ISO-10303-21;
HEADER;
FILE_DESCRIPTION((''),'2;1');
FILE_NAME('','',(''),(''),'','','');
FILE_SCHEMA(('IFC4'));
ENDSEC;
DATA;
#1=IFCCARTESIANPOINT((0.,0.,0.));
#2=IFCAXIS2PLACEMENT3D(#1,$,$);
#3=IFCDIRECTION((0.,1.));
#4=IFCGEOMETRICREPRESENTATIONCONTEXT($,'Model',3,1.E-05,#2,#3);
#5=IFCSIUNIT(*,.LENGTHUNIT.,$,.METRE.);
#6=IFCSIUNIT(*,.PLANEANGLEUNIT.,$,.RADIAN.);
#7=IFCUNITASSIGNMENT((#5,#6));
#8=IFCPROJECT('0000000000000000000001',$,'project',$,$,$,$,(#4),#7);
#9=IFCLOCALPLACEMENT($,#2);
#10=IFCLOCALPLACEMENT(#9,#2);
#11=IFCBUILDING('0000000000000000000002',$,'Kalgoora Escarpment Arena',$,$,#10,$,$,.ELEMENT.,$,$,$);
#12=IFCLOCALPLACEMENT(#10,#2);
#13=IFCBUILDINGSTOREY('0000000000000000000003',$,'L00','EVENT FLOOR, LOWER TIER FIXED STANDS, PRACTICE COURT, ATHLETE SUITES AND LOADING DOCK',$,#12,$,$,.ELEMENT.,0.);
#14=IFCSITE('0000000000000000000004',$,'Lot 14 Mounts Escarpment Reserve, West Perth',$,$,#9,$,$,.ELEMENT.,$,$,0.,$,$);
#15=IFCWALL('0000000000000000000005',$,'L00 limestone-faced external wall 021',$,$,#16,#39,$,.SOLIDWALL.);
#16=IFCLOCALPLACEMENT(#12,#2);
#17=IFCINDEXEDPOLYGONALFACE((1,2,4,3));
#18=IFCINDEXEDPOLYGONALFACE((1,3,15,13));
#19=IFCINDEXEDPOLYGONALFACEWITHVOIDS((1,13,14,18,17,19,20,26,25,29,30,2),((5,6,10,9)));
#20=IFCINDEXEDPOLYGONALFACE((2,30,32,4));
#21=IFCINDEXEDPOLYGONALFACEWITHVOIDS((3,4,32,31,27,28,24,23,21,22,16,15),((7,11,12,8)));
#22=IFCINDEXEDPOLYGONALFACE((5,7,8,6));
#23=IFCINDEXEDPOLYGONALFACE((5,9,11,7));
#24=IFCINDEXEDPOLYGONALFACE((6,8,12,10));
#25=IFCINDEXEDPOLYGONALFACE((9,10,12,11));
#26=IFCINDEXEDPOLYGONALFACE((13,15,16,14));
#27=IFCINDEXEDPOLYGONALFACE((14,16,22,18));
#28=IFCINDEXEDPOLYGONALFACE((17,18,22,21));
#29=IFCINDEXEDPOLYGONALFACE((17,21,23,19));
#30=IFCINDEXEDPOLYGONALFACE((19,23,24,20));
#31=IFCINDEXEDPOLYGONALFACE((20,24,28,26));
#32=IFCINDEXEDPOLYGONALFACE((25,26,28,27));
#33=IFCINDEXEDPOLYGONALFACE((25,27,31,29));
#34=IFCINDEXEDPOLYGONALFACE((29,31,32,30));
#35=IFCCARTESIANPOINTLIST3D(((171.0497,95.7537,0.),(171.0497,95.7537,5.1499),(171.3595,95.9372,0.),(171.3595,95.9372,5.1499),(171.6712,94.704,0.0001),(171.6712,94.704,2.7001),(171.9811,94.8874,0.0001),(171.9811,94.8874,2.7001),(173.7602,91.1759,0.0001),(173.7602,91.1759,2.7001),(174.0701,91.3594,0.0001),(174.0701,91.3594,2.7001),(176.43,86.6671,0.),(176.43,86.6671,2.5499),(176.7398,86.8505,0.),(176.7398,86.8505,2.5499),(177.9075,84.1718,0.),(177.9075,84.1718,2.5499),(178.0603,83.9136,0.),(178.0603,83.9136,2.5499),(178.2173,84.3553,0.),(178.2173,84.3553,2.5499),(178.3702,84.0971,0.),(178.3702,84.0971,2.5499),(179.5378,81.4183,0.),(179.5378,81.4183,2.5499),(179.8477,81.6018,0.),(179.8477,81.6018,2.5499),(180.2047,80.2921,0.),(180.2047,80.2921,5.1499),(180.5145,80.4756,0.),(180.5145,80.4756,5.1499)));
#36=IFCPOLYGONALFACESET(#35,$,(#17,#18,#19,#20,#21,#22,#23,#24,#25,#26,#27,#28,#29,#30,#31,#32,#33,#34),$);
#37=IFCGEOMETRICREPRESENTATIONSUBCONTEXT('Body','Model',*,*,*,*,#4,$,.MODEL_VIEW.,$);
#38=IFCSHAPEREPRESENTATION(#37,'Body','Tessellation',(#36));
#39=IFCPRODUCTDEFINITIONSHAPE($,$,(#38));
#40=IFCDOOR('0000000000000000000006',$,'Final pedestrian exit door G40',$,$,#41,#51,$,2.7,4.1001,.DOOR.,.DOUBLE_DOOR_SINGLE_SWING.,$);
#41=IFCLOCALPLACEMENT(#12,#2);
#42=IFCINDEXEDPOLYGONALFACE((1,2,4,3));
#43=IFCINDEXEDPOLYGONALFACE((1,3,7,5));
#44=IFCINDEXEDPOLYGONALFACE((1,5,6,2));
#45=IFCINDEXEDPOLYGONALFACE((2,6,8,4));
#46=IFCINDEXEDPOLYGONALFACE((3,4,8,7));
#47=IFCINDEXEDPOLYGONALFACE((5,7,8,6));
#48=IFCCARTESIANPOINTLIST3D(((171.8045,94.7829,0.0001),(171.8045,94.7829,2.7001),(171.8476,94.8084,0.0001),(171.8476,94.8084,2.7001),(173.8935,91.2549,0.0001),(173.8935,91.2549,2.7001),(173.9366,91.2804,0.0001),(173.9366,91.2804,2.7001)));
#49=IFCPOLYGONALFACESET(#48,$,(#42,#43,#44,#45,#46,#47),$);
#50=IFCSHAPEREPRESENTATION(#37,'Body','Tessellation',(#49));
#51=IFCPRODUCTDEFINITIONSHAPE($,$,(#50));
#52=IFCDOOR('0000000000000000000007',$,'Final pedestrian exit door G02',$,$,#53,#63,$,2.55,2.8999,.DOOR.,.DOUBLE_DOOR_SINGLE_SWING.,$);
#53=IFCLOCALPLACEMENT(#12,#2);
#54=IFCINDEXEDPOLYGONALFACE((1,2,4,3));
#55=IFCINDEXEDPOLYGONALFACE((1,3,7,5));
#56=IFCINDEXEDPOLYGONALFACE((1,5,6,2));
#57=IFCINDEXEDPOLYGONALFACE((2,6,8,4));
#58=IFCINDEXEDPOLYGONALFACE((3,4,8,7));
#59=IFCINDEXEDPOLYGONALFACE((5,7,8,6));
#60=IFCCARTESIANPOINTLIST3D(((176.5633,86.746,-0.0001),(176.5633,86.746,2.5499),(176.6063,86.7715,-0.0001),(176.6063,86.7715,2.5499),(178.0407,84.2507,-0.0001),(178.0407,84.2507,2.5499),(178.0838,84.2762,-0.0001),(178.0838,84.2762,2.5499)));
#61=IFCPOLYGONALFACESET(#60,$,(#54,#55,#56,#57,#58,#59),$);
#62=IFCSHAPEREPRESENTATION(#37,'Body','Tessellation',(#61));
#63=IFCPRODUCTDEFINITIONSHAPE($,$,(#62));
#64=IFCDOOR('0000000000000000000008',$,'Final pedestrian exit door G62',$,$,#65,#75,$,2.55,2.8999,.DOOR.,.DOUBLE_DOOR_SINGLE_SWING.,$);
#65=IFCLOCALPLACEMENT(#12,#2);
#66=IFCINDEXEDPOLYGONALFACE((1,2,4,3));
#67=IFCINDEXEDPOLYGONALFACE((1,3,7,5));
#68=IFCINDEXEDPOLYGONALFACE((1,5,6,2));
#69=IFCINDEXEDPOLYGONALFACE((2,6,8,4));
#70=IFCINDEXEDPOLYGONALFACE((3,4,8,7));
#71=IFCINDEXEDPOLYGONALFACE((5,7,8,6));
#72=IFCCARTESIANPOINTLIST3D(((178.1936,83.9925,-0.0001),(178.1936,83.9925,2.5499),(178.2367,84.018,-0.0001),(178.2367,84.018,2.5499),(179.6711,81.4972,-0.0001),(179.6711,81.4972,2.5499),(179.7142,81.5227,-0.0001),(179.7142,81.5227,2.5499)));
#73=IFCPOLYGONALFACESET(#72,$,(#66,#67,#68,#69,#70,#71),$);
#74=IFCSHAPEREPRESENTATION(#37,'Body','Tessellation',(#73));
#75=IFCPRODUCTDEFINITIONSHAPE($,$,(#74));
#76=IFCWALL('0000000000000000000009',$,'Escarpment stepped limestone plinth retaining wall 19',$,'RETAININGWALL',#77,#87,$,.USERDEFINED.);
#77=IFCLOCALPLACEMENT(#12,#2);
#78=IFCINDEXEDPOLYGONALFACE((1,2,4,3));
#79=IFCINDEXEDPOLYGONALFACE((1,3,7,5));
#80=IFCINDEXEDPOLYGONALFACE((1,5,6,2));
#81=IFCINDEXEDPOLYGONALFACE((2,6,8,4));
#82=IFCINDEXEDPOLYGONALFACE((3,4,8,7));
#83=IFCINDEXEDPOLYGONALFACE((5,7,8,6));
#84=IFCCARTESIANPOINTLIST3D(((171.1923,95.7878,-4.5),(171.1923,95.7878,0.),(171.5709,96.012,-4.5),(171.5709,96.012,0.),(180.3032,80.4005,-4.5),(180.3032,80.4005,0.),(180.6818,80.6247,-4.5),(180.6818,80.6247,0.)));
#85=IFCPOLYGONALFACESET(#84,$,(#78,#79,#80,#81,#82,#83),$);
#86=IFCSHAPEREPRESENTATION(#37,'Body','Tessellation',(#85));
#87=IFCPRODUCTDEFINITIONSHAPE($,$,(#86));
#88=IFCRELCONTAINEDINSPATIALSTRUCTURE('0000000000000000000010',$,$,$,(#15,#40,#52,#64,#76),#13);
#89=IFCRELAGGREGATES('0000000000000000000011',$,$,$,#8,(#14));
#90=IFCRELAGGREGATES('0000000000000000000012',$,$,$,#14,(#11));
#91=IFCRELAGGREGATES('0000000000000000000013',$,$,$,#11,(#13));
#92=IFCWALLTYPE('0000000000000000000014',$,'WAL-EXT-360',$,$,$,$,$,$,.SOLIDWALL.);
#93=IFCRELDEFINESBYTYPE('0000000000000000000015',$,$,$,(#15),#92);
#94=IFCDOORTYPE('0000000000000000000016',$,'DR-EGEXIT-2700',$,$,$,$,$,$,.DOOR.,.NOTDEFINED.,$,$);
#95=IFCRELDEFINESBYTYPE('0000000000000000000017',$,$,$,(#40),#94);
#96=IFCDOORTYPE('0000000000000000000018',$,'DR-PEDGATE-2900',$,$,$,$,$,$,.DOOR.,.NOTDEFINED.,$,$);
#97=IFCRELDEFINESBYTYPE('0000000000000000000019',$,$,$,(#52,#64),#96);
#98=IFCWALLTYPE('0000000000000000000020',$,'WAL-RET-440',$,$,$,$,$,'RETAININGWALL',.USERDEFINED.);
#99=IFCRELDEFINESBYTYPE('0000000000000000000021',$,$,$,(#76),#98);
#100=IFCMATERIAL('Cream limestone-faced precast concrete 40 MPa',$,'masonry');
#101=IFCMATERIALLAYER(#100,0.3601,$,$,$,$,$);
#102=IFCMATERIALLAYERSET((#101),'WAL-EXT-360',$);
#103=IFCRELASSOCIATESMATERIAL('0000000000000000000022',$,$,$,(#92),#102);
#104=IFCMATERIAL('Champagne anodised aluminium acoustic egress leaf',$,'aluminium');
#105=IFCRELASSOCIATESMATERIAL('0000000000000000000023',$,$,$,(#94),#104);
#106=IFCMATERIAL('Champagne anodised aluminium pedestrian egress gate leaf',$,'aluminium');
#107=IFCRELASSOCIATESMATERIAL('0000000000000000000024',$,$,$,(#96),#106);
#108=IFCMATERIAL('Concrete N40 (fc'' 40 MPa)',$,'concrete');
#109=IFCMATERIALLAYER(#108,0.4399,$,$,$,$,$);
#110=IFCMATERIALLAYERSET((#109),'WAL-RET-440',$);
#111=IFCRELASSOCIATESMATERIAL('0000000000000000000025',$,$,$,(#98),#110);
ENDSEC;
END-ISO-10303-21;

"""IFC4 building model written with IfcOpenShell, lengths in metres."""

from ifc_helpers import new_model, si_unit, direction, frame, frame_2d, origin, place, context, subcontext, project, spatial, rectangle, extrude, material, layer, layer_set, type_object, element, fill, save


model = new_model("IFC4")

# Units and contexts
model_context = context("Model", 3, precision=1e-05, world=origin(), true_north=direction((0.0, 1.0)))
body_context = subcontext(model_context, "Body", "Model", "MODEL_VIEW")
ifc_project = project(units=[si_unit("LENGTHUNIT", "METRE"), si_unit("PLANEANGLEUNIT", "RADIAN")], contexts=[model_context])

# Site, building, storey
site_placement = place(None, origin())
site = spatial("IfcSite", under=ifc_project, at=site_placement, Name="Lot 14 Mounts Escarpment Reserve, West Perth", CompositionType="ELEMENT", RefElevation=0.0)
building_placement = place(site_placement, origin())
building = spatial("IfcBuilding", under=site, at=building_placement, Name="Kalgoora Escarpment Arena", CompositionType="ELEMENT")
storey_placement = place(building_placement, origin())
storey = spatial("IfcBuildingStorey", under=building, at=storey_placement, Name="L00", Description="EVENT FLOOR, LOWER TIER FIXED STANDS, PRACTICE COURT, ATHLETE SUITES AND LOADING DOCK", CompositionType="ELEMENT", Elevation=0.0)

# Wall, openings, doors
ifc_material_1 = material(Name="Cream limestone-faced precast concrete 40 MPa", Category="masonry")
ifc_layer_1 = layer(ifc_material_1, 0.3601)
ifc_layer_set_1 = layer_set([ifc_layer_1], Name="WAL-EXT-360")
wall_type_1 = type_object("IfcWallType", Name="WAL-EXT-360", PredefinedType="SOLIDWALL", material=ifc_layer_set_1)
wall_1_placement = place(storey_placement, frame((171.2046, 95.8455, 0.0), z_axis=(0.0, 0.0, 1.0), x_axis=(0.509496, -0.860473, 0.0)))
wall_1 = element("IfcWall", 1, at=wall_1_placement, inside=storey, type_object=wall_type_1, Name="L00 limestone-faced external wall 021", PredefinedType="SOLIDWALL", context=body_context, shape_type="SweptSolid", body=[
    extrude(rectangle(XDim=17.9688, YDim=0.3601, at=frame_2d((8.9844, 0.0))), origin(), (0.0, 0.0, 1.0), 5.1499),
])
opening_1_placement = place(wall_1_placement, frame((10.5601, 0.0, 0.0)))
opening_1 = element("IfcOpeningElement", 2, at=opening_1_placement, cuts=wall_1, PredefinedType="OPENING", context=body_context, shape_type="SweptSolid", body=[
    extrude(rectangle(XDim=2.8999, YDim=2.55, at=frame_2d((1.45, 1.2749))), frame((0.0, 0.1899, 0.0), z_axis=(0.0, -1.0, 0.0), x_axis=(1.0, 0.0, 0.0)), (0.0, 0.0, 1.0), 0.3801),
])
opening_2_placement = place(wall_1_placement, frame((1.22, 0.0, 0.0)))
opening_2 = element("IfcOpeningElement", 3, at=opening_2_placement, cuts=wall_1, PredefinedType="OPENING", context=body_context, shape_type="SweptSolid", body=[
    extrude(rectangle(XDim=4.1001, YDim=2.7, at=frame_2d((2.05, 1.3501))), frame((0.0, 0.1899, 0.0), z_axis=(0.0, -1.0, 0.0), x_axis=(1.0, 0.0, 0.0)), (0.0, 0.0, 1.0), 0.3801),
])
opening_3_placement = place(wall_1_placement, frame((13.76, 0.0, 0.0)))
opening_3 = element("IfcOpeningElement", 4, at=opening_3_placement, cuts=wall_1, PredefinedType="OPENING", context=body_context, shape_type="SweptSolid", body=[
    extrude(rectangle(XDim=2.8999, YDim=2.55, at=frame_2d((1.45, 1.2749))), frame((0.0, 0.1899, 0.0), z_axis=(0.0, -1.0, 0.0), x_axis=(1.0, 0.0, 0.0)), (0.0, 0.0, 1.0), 0.3801),
])
ifc_material_2 = material(Name="Champagne anodised aluminium acoustic egress leaf", Category="aluminium")
door_type_1 = type_object("IfcDoorType", Name="DR-EGEXIT-2700", OperationType="NOTDEFINED", PredefinedType="DOOR", material=ifc_material_2)
door_1_placement = place(opening_2_placement, origin())
door_1 = element("IfcDoor", 5, at=door_1_placement, inside=storey, type_object=door_type_1, Name="Final pedestrian exit door G40", OperationType="DOUBLE_DOOR_SINGLE_SWING", OverallHeight=2.7, OverallWidth=4.1001, PredefinedType="DOOR", context=body_context, shape_type="SweptSolid", body=[
    extrude(rectangle(XDim=4.1001, YDim=2.7, at=frame_2d((2.05, 1.3501))), frame((0.0, 0.0249, 0.0), z_axis=(0.0, -1.0, 0.0), x_axis=(1.0, 0.0, 0.0)), (0.0, 0.0, 1.0), 0.05),
])
fill(opening_2, door_1)
ifc_material_3 = material(Name="Champagne anodised aluminium pedestrian egress gate leaf", Category="aluminium")
door_type_2 = type_object("IfcDoorType", Name="DR-PEDGATE-2900", OperationType="NOTDEFINED", PredefinedType="DOOR", material=ifc_material_3)
door_2_placement = place(opening_1_placement, origin())
door_2 = element("IfcDoor", 6, at=door_2_placement, inside=storey, type_object=door_type_2, Name="Final pedestrian exit door G02", OperationType="DOUBLE_DOOR_SINGLE_SWING", OverallHeight=2.55, OverallWidth=2.8999, PredefinedType="DOOR", context=body_context, shape_type="SweptSolid", body=[
    extrude(rectangle(XDim=2.8999, YDim=2.55, at=frame_2d((1.45, 1.2749))), frame((0.0, 0.0249, 0.0), z_axis=(0.0, -1.0, 0.0), x_axis=(1.0, 0.0, 0.0)), (0.0, 0.0, 1.0), 0.05),
])
fill(opening_1, door_2)
door_3_placement = place(opening_3_placement, origin())
door_3 = element("IfcDoor", 7, at=door_3_placement, inside=storey, type_object=door_type_2, Name="Final pedestrian exit door G62", OperationType="DOUBLE_DOOR_SINGLE_SWING", OverallHeight=2.55, OverallWidth=2.8999, PredefinedType="DOOR", context=body_context, shape_type="SweptSolid", body=[
    extrude(rectangle(XDim=2.8999, YDim=2.55, at=frame_2d((1.45, 1.2749))), frame((0.0, 0.0249, 0.0), z_axis=(0.0, -1.0, 0.0), x_axis=(1.0, 0.0, 0.0)), (0.0, 0.0, 1.0), 0.05),
])
fill(opening_3, door_3)

# Wall
ifc_material_4 = material(Name="Concrete N40 (fc' 40 MPa)", Category="concrete")
ifc_layer_2 = layer(ifc_material_4, 0.4399)
ifc_layer_set_2 = layer_set([ifc_layer_2], Name="WAL-RET-440")
wall_type_2 = type_object("IfcWallType", Name="WAL-RET-440", ElementType="RETAININGWALL", PredefinedType="USERDEFINED", material=ifc_layer_set_2)
wall_2_placement = place(storey_placement, frame((171.3816, 95.8999, -4.5), z_axis=(0.0, 0.0, 1.0), x_axis=(0.509492, -0.860476, 0.0)))
element("IfcWall", 8, at=wall_2_placement, inside=storey, type_object=wall_type_2, Name="Escarpment stepped limestone plinth retaining wall 19", ObjectType="RETAININGWALL", PredefinedType="USERDEFINED", context=body_context, shape_type="SweptSolid", body=[
    extrude(rectangle(XDim=17.8823, YDim=0.4399, at=frame_2d((8.9412, 0.0))), origin(), (0.0, 0.0, 1.0), 4.5),
])

save(model, "model.ifc")
